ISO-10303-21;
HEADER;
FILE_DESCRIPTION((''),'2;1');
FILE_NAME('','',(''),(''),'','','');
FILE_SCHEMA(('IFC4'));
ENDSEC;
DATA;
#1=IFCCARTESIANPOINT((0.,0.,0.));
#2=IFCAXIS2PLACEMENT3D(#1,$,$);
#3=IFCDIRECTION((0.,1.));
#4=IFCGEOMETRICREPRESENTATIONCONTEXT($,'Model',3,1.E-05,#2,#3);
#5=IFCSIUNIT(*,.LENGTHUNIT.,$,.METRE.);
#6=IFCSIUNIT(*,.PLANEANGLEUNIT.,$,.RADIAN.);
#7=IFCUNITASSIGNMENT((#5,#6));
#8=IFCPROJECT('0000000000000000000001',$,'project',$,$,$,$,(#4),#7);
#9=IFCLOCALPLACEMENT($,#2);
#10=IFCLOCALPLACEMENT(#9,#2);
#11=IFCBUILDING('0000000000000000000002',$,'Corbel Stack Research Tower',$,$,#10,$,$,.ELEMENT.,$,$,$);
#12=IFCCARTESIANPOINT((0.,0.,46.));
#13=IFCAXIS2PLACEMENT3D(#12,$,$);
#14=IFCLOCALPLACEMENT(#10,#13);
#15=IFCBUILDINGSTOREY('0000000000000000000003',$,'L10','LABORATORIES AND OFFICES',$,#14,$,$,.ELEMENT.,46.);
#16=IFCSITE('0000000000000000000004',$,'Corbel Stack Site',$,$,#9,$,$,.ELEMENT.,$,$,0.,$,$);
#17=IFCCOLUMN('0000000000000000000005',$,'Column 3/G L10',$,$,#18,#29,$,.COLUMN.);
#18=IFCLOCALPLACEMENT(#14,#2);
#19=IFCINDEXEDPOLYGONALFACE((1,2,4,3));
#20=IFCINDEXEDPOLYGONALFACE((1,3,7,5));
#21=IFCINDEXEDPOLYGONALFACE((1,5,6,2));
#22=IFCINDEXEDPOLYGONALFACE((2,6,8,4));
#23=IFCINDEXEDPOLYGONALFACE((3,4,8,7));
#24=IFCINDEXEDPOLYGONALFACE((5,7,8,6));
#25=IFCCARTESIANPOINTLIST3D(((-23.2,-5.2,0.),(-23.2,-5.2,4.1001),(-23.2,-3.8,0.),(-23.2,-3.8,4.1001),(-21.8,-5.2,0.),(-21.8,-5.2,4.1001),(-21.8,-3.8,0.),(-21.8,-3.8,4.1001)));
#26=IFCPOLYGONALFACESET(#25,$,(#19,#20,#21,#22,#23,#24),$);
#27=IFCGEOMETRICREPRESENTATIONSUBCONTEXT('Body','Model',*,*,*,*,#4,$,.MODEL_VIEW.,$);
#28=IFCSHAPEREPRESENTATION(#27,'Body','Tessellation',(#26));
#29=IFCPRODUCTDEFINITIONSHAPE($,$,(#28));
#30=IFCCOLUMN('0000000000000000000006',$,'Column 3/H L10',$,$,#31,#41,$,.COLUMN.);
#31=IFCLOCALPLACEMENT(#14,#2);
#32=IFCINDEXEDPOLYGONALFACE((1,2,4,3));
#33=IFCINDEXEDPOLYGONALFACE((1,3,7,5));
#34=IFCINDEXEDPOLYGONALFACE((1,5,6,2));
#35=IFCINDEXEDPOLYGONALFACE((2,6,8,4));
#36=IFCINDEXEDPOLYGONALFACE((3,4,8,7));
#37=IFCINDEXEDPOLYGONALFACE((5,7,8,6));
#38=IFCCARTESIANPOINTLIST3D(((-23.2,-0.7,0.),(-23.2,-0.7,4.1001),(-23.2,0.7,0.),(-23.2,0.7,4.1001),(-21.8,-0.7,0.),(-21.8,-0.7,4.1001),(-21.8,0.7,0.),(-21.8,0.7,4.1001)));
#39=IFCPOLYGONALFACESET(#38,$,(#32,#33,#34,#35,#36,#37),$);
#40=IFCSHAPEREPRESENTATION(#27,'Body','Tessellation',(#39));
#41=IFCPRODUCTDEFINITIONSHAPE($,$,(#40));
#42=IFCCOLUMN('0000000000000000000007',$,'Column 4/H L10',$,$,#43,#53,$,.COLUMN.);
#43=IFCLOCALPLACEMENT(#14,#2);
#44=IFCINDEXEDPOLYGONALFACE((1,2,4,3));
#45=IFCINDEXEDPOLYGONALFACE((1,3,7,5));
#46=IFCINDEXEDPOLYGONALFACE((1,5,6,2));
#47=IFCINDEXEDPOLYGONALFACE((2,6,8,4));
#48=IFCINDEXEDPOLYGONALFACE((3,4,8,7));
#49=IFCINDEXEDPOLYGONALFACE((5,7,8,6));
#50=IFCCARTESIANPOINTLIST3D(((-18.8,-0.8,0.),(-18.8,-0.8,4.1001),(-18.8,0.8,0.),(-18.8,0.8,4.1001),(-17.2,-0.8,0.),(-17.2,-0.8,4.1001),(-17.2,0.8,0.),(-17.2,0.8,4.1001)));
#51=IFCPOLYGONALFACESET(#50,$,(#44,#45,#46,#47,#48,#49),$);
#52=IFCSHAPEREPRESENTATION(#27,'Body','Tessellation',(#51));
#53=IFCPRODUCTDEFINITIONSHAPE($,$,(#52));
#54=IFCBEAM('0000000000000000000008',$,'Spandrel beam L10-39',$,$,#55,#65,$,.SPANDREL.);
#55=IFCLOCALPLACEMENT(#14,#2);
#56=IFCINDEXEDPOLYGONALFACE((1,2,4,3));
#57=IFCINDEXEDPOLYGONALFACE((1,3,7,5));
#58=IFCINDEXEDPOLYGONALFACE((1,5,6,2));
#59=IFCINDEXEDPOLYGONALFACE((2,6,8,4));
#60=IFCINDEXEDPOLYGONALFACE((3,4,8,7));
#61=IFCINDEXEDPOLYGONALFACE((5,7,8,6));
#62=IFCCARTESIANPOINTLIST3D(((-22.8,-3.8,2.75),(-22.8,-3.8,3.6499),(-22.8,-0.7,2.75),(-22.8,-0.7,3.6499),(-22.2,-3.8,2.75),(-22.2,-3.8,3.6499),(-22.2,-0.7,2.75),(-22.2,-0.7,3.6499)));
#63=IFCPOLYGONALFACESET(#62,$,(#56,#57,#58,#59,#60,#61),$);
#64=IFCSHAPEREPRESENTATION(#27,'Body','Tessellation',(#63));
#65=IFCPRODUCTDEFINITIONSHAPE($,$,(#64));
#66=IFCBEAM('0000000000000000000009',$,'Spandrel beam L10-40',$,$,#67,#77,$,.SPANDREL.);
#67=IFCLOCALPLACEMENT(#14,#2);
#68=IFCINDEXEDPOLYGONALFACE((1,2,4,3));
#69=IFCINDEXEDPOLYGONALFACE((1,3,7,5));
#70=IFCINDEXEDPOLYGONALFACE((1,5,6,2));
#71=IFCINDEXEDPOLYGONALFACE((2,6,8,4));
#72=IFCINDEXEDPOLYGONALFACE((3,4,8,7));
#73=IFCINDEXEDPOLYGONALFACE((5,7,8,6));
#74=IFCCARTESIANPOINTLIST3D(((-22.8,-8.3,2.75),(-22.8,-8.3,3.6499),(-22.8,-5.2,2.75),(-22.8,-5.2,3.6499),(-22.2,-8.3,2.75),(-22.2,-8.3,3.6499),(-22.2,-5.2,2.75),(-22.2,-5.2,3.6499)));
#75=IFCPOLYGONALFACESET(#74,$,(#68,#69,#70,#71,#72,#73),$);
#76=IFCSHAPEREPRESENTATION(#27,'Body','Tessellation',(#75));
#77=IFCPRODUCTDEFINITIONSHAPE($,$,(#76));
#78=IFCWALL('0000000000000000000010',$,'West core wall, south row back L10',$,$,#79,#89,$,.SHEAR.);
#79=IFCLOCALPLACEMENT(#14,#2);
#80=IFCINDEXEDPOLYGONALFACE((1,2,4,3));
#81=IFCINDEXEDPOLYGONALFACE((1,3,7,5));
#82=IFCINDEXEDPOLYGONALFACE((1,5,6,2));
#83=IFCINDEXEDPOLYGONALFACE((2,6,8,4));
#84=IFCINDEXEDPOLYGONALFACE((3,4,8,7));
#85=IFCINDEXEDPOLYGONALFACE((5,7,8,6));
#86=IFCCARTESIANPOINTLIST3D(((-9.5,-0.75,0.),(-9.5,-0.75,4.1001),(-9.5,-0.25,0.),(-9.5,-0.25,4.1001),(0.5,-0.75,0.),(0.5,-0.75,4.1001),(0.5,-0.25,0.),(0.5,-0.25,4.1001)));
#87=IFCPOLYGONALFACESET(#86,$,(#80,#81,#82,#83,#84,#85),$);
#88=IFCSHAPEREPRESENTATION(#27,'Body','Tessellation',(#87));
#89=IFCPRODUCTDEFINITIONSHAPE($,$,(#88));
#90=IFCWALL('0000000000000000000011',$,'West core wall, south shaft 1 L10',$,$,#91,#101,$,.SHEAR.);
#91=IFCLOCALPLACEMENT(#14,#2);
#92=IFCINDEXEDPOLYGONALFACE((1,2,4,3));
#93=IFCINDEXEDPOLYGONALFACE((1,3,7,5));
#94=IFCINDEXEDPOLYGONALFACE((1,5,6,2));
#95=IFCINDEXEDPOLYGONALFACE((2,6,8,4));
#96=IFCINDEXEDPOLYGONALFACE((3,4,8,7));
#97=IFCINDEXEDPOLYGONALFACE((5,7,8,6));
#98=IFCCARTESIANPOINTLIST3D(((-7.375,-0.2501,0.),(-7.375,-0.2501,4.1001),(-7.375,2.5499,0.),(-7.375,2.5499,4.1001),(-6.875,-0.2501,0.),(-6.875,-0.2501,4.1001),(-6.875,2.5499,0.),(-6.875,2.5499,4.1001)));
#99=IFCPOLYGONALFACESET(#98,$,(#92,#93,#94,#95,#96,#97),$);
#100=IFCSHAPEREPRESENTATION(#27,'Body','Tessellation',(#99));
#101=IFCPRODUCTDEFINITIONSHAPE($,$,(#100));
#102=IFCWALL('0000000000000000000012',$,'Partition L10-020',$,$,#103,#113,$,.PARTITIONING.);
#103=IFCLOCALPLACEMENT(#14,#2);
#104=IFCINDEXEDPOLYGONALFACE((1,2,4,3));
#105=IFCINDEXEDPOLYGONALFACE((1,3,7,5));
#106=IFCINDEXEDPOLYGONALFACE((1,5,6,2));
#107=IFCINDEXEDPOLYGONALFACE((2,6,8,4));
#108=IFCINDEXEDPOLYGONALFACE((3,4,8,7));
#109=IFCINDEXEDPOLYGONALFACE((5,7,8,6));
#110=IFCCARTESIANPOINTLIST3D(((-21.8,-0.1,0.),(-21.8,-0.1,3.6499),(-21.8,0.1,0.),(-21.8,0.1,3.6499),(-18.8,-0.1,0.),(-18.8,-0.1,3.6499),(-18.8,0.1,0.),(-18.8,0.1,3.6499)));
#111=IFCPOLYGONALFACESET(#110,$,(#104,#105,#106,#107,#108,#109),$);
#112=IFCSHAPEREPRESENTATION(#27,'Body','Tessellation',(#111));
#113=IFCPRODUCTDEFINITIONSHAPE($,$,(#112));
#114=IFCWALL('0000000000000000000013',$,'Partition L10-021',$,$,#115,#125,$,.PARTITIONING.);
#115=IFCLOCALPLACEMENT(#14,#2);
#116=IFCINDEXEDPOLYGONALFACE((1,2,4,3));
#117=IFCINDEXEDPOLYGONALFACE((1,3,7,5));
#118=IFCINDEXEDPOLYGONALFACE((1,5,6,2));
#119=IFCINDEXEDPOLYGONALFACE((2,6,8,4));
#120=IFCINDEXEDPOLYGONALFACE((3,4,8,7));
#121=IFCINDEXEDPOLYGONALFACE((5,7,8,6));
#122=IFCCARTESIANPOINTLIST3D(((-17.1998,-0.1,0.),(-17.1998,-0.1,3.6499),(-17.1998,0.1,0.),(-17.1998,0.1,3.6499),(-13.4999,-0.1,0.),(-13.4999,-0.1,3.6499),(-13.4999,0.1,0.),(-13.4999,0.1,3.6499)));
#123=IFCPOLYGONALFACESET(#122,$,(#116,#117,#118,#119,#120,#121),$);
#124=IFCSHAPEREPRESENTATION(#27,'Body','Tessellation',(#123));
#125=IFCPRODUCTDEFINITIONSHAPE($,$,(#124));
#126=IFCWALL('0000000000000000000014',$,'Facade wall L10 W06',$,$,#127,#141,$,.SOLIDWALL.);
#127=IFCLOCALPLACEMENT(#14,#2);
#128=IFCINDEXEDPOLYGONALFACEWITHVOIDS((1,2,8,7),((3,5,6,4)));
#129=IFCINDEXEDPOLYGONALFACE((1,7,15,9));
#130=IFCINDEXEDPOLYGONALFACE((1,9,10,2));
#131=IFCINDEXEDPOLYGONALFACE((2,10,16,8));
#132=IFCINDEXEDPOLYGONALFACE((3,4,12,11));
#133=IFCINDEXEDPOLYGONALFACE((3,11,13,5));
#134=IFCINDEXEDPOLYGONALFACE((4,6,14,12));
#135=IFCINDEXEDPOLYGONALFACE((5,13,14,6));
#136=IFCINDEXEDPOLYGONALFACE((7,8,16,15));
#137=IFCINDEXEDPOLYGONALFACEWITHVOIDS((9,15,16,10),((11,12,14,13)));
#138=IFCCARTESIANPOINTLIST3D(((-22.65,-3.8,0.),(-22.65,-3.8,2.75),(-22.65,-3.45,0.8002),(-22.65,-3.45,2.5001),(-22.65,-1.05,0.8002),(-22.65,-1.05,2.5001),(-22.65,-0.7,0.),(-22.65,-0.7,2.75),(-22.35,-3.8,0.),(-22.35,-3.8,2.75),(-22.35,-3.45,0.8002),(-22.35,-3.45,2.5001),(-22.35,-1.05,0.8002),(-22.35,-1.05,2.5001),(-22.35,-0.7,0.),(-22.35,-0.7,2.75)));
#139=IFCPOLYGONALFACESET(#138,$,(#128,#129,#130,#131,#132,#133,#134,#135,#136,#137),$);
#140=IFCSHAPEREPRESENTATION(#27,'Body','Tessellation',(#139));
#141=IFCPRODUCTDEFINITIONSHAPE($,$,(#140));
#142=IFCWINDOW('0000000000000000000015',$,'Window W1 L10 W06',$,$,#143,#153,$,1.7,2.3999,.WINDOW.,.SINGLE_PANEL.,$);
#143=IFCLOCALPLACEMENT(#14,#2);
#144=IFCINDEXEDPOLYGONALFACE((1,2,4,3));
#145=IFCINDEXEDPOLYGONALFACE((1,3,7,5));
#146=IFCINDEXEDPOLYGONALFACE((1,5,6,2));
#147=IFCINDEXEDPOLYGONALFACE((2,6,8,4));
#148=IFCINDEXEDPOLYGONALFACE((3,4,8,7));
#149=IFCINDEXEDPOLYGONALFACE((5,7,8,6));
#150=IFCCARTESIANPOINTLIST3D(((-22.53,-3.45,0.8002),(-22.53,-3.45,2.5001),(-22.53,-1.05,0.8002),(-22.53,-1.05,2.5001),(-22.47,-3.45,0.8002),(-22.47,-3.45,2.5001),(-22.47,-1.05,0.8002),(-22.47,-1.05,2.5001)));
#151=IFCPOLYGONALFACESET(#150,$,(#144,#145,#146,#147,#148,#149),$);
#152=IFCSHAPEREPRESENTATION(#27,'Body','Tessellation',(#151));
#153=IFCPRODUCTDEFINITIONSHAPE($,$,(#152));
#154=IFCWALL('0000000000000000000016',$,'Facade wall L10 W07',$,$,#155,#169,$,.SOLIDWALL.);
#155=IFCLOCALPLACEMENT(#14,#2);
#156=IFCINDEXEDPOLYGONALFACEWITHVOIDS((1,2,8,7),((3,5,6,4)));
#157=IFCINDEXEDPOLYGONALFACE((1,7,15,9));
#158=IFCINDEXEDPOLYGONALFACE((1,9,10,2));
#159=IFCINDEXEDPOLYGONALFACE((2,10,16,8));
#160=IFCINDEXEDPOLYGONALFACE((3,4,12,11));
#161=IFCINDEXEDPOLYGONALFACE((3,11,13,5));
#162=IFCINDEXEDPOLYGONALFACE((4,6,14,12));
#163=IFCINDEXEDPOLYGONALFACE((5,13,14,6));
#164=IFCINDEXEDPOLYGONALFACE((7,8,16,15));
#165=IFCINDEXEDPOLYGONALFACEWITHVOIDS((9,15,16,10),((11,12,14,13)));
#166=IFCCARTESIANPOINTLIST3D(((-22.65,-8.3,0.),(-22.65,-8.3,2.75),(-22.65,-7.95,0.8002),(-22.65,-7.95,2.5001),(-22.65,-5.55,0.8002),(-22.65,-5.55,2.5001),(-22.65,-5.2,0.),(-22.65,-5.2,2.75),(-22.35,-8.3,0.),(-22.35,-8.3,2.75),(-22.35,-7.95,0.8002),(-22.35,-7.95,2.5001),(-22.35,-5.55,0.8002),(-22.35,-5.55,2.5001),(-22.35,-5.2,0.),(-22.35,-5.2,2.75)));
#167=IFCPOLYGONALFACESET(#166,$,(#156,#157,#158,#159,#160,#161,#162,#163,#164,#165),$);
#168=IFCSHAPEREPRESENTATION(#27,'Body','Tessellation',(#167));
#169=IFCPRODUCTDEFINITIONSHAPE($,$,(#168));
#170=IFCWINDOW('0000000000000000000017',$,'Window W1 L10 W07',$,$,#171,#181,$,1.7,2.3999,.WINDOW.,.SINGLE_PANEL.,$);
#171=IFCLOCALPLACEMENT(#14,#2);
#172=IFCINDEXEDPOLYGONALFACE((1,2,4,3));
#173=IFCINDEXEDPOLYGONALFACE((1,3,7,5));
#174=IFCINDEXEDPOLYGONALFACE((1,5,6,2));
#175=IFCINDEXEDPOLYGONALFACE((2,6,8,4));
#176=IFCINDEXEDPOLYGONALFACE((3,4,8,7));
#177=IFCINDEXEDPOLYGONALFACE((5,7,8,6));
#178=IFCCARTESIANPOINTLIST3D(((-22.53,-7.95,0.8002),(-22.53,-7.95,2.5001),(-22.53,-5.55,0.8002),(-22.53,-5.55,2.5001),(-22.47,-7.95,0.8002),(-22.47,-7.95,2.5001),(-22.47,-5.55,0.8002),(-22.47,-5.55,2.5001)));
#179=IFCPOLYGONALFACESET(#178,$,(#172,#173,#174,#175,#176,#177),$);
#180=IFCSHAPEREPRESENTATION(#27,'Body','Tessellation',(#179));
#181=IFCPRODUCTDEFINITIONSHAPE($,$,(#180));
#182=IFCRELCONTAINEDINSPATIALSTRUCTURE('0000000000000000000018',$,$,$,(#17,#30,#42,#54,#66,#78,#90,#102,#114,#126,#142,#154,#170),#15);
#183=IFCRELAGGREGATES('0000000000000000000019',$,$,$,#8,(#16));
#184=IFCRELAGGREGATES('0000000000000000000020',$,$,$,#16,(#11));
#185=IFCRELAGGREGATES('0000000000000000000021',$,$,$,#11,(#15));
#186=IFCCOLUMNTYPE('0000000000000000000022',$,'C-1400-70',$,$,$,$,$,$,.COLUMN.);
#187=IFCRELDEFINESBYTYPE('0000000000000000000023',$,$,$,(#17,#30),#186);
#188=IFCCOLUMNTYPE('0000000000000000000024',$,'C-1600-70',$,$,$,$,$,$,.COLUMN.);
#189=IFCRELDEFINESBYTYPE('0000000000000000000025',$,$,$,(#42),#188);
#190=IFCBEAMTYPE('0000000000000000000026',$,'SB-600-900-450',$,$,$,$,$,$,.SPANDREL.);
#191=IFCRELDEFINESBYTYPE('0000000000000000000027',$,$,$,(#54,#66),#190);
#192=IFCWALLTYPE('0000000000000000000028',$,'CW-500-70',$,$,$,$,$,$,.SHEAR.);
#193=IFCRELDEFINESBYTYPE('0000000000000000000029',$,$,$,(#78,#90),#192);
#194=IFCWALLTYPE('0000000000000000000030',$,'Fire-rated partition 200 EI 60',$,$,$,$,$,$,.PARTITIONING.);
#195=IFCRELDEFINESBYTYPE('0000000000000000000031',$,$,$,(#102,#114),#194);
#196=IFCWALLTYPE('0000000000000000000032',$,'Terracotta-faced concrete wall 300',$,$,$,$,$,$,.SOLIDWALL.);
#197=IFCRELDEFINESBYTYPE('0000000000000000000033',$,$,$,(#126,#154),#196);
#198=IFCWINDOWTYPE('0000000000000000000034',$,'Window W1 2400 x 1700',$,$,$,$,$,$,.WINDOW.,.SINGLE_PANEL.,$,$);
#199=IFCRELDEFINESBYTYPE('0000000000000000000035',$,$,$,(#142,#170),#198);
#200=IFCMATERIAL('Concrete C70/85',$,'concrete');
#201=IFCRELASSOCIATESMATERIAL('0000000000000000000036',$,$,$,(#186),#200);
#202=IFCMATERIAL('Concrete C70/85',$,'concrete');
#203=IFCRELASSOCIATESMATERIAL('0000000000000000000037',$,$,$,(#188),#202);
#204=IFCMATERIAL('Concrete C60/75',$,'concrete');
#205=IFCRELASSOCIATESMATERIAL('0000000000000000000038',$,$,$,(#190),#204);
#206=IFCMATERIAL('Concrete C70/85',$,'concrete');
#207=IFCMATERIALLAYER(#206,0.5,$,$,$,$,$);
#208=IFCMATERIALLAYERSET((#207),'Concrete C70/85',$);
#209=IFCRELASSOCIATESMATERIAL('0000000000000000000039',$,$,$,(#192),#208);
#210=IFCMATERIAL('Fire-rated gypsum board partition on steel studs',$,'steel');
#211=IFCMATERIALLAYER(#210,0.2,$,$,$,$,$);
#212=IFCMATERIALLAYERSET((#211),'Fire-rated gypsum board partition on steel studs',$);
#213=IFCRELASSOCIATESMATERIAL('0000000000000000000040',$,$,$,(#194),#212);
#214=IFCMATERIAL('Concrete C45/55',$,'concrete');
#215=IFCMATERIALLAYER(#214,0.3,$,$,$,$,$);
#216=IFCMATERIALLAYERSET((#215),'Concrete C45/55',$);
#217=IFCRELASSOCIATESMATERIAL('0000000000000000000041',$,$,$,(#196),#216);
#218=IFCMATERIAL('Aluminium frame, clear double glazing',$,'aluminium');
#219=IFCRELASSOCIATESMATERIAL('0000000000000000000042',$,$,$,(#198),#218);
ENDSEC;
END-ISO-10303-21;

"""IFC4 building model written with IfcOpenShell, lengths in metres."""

from ifc_helpers import new_model, si_unit, direction, frame, frame_2d, origin, origin_2d, place, context, subcontext, project, spatial, rectangle, extrude, material, layer, layer_set, material_profile, profile_set, type_object, element, fill, save


model = new_model("IFC4")

# Units and contexts
model_context = context("Model", 3, precision=1e-05, world=origin(), true_north=direction((0.0, 1.0)))
body_context = subcontext(model_context, "Body", "Model", "MODEL_VIEW")
ifc_project = project(units=[si_unit("LENGTHUNIT", "METRE"), si_unit("PLANEANGLEUNIT", "RADIAN")], contexts=[model_context])

# Site, building, storey
site_placement = place(None, origin())
site = spatial("IfcSite", under=ifc_project, at=site_placement, Name="Corbel Stack Site", CompositionType="ELEMENT", RefElevation=0.0)
building_placement = place(site_placement, origin())
building = spatial("IfcBuilding", under=site, at=building_placement, Name="Corbel Stack Research Tower", CompositionType="ELEMENT")
storey_placement = place(building_placement, frame((0.0, 0.0, 46.0)))
storey = spatial("IfcBuildingStorey", under=building, at=storey_placement, Name="L10", Description="LABORATORIES AND OFFICES", CompositionType="ELEMENT", Elevation=46.0)

# Columns
ifc_material_1 = material(Name="Concrete C70/85", Category="concrete")
ifc_material_profile_1 = material_profile(ifc_material_1, rectangle(XDim=1.3999, YDim=1.3999, at=origin_2d()), Name="RC 1400 x 1400")
ifc_profile_set_1 = profile_set([ifc_material_profile_1], Name="Concrete C70/85")
column_type_1 = type_object("IfcColumnType", Name="C-1400-70", PredefinedType="COLUMN", material=ifc_profile_set_1)
for number, where, z_axis, x_axis, name in (
    (1, (-22.5, -4.5, 0.0), (0.0, 0.0, 1.0), (1.0, 0.0, 0.0), "Column 3/G L10"),
    (2, (-22.5, 0.0, 0.0), (0.0, 0.0, 1.0), (1.0, 0.0, 0.0), "Column 3/H L10"),
):
    element("IfcColumn", number, at=place(storey_placement, frame(where, z_axis=z_axis, x_axis=x_axis)), inside=storey, type_object=column_type_1, Name=name, PredefinedType="COLUMN", context=body_context, shape_type="SweptSolid", body=[
        extrude(rectangle(XDim=1.3999, YDim=1.3999, at=origin_2d()), origin(), (0.0, 0.0, 1.0), 4.1001),
    ])
ifc_material_2 = material(Name="Concrete C70/85", Category="concrete")
ifc_material_profile_2 = material_profile(ifc_material_2, rectangle(XDim=1.6001, YDim=1.6001, at=origin_2d()), Name="RC 1600 x 1600")
ifc_profile_set_2 = profile_set([ifc_material_profile_2], Name="Concrete C70/85")
column_type_2 = type_object("IfcColumnType", Name="C-1600-70", PredefinedType="COLUMN", material=ifc_profile_set_2)
column_placement = place(storey_placement, frame((-18.0, 0.0, 0.0), z_axis=(0.0, 0.0, 1.0), x_axis=(1.0, 0.0, 0.0)))
element("IfcColumn", 3, at=column_placement, inside=storey, type_object=column_type_2, Name="Column 4/H L10", PredefinedType="COLUMN", context=body_context, shape_type="SweptSolid", body=[
    extrude(rectangle(XDim=1.6001, YDim=1.6001, at=origin_2d()), origin(), (0.0, 0.0, 1.0), 4.1001),
])

# Beams
ifc_material_3 = material(Name="Concrete C60/75", Category="concrete")
ifc_material_profile_3 = material_profile(ifc_material_3, rectangle(XDim=0.6001, YDim=0.8999, at=origin_2d()), Name="RC 600 x 900")
ifc_profile_set_3 = profile_set([ifc_material_profile_3], Name="Concrete C60/75")
beam_type = type_object("IfcBeamType", Name="SB-600-900-450", PredefinedType="SPANDREL", material=ifc_profile_set_3)
for number, where, z_axis, x_axis, name in (
    (4, (-22.5, -0.7, 3.2), (0.0, -1.0, 0.0), (1.0, 0.0, 0.0), "Spandrel beam L10-39"),
    (5, (-22.5, -5.2, 3.2), (0.0, -1.0, 0.0), (1.0, 0.0, 0.0), "Spandrel beam L10-40"),
):
    element("IfcBeam", number, at=place(storey_placement, frame(where, z_axis=z_axis, x_axis=x_axis)), inside=storey, type_object=beam_type, Name=name, PredefinedType="SPANDREL", context=body_context, shape_type="SweptSolid", body=[
        extrude(rectangle(XDim=0.6001, YDim=0.8999, at=origin_2d()), origin(), (0.0, 0.0, 1.0), 3.1001),
    ])

# Walls
ifc_material_4 = material(Name="Concrete C70/85", Category="concrete")
ifc_layer_1 = layer(ifc_material_4, 0.5)
ifc_layer_set_1 = layer_set([ifc_layer_1], Name="Concrete C70/85")
wall_type_1 = type_object("IfcWallType", Name="CW-500-70", PredefinedType="SHEAR", material=ifc_layer_set_1)
wall_1_placement = place(storey_placement, frame((-9.5, -0.5, 0.0), z_axis=(0.0, 0.0, 1.0), x_axis=(1.0, 0.0, 0.0)))
element("IfcWall", 6, at=wall_1_placement, inside=storey, type_object=wall_type_1, Name="West core wall, south row back L10", PredefinedType="SHEAR", context=body_context, shape_type="SweptSolid", body=[
    extrude(rectangle(XDim=10.0, YDim=0.5, at=frame_2d((5.0, 0.0))), origin(), (0.0, 0.0, 1.0), 4.1001),
])
wall_2_placement = place(storey_placement, frame((-7.125, -0.25, 0.0), z_axis=(0.0, 0.0, 1.0), x_axis=(0.0, 1.0, 0.0)))
element("IfcWall", 7, at=wall_2_placement, inside=storey, type_object=wall_type_1, Name="West core wall, south shaft 1 L10", PredefinedType="SHEAR", context=body_context, shape_type="SweptSolid", body=[
    extrude(rectangle(XDim=2.8, YDim=0.5, at=frame_2d((1.3999, 0.0))), origin(), (0.0, 0.0, 1.0), 4.1001),
])
ifc_material_5 = material(Name="Fire-rated gypsum board partition on steel studs", Category="steel")
ifc_layer_2 = layer(ifc_material_5, 0.2)
ifc_layer_set_2 = layer_set([ifc_layer_2], Name="Fire-rated gypsum board partition on steel studs")
wall_type_2 = type_object("IfcWallType", Name="Fire-rated partition 200 EI 60", PredefinedType="PARTITIONING", material=ifc_layer_set_2)
wall_3_placement = place(storey_placement, frame((-21.8, 0.0, 0.0), z_axis=(0.0, 0.0, 1.0), x_axis=(1.0, 0.0, 0.0)))
element("IfcWall", 8, at=wall_3_placement, inside=storey, type_object=wall_type_2, Name="Partition L10-020", PredefinedType="PARTITIONING", context=body_context, shape_type="SweptSolid", body=[
    extrude(rectangle(XDim=3.0, YDim=0.2, at=frame_2d((1.5, 0.0))), origin(), (0.0, 0.0, 1.0), 3.6499),
])
wall_4_placement = place(storey_placement, frame((-17.2, 0.0, 0.0), z_axis=(0.0, 0.0, 1.0), x_axis=(1.0, 0.0, 0.0)))
element("IfcWall", 9, at=wall_4_placement, inside=storey, type_object=wall_type_2, Name="Partition L10-021", PredefinedType="PARTITIONING", context=body_context, shape_type="SweptSolid", body=[
    extrude(rectangle(XDim=3.7, YDim=0.2, at=frame_2d((1.8501, 0.0))), origin(), (0.0, 0.0, 1.0), 3.6499),
])

# Walls, openings, windows
ifc_material_6 = material(Name="Concrete C45/55", Category="concrete")
ifc_layer_3 = layer(ifc_material_6, 0.3)
ifc_layer_set_3 = layer_set([ifc_layer_3], Name="Concrete C45/55")
wall_type_3 = type_object("IfcWallType", Name="Terracotta-faced concrete wall 300", PredefinedType="SOLIDWALL", material=ifc_layer_set_3)
wall_5_placement = place(storey_placement, frame((-22.5, -3.8, 0.0), z_axis=(0.0, 0.0, 1.0), x_axis=(0.0, 1.0, 0.0)))
wall_5 = element("IfcWall", 10, at=wall_5_placement, inside=storey, type_object=wall_type_3, Name="Facade wall L10 W06", PredefinedType="SOLIDWALL", context=body_context, shape_type="SweptSolid", body=[
    extrude(rectangle(XDim=3.1001, YDim=0.3, at=frame_2d((1.55, 0.0))), origin(), (0.0, 0.0, 1.0), 2.75),
])
opening_1_placement = place(wall_5_placement, frame((0.3501, 0.0, 0.8)))
opening_1 = element("IfcOpeningElement", 11, at=opening_1_placement, cuts=wall_5, PredefinedType="OPENING", context=body_context, shape_type="SweptSolid", body=[
    extrude(rectangle(XDim=2.3999, YDim=1.7, at=frame_2d((1.2, 0.8501))), frame((0.0, 0.1599, 0.0), z_axis=(0.0, -1.0, 0.0), x_axis=(1.0, 0.0, 0.0)), (0.0, 0.0, 1.0), 0.3201),
])
ifc_material_7 = material(Name="Aluminium frame, clear double glazing", Category="aluminium")
window_type = type_object("IfcWindowType", Name="Window W1 2400 x 1700", PartitioningType="SINGLE_PANEL", PredefinedType="WINDOW", material=ifc_material_7)
window_1_placement = place(opening_1_placement, origin())
window_1 = element("IfcWindow", 12, at=window_1_placement, inside=storey, type_object=window_type, Name="Window W1 L10 W06", OverallHeight=1.7, OverallWidth=2.3999, PartitioningType="SINGLE_PANEL", PredefinedType="WINDOW", context=body_context, shape_type="SweptSolid", body=[
    extrude(rectangle(XDim=2.3999, YDim=1.7, at=frame_2d((1.2, 0.8501))), frame((0.0, 0.03, 0.0), z_axis=(0.0, -1.0, 0.0), x_axis=(1.0, 0.0, 0.0)), (0.0, 0.0, 1.0), 0.0601),
])
fill(opening_1, window_1)
wall_6_placement = place(storey_placement, frame((-22.5, -8.3, 0.0), z_axis=(0.0, 0.0, 1.0), x_axis=(0.0, 1.0, 0.0)))
wall_6 = element("IfcWall", 13, at=wall_6_placement, inside=storey, type_object=wall_type_3, Name="Facade wall L10 W07", PredefinedType="SOLIDWALL", context=body_context, shape_type="SweptSolid", body=[
    extrude(rectangle(XDim=3.1001, YDim=0.3, at=frame_2d((1.55, 0.0))), origin(), (0.0, 0.0, 1.0), 2.75),
])
opening_2_placement = place(wall_6_placement, frame((0.3501, 0.0, 0.8)))
opening_2 = element("IfcOpeningElement", 14, at=opening_2_placement, cuts=wall_6, PredefinedType="OPENING", context=body_context, shape_type="SweptSolid", body=[
    extrude(rectangle(XDim=2.3999, YDim=1.7, at=frame_2d((1.2, 0.8501))), frame((0.0, 0.1599, 0.0), z_axis=(0.0, -1.0, 0.0), x_axis=(1.0, 0.0, 0.0)), (0.0, 0.0, 1.0), 0.3201),
])
window_2_placement = place(opening_2_placement, origin())
window_2 = element("IfcWindow", 15, at=window_2_placement, inside=storey, type_object=window_type, Name="Window W1 L10 W07", OverallHeight=1.7, OverallWidth=2.3999, PartitioningType="SINGLE_PANEL", PredefinedType="WINDOW", context=body_context, shape_type="SweptSolid", body=[
    extrude(rectangle(XDim=2.3999, YDim=1.7, at=frame_2d((1.2, 0.8501))), frame((0.0, 0.03, 0.0), z_axis=(0.0, -1.0, 0.0), x_axis=(1.0, 0.0, 0.0)), (0.0, 0.0, 1.0), 0.0601),
])
fill(opening_2, window_2)

save(model, "model.ifc")
